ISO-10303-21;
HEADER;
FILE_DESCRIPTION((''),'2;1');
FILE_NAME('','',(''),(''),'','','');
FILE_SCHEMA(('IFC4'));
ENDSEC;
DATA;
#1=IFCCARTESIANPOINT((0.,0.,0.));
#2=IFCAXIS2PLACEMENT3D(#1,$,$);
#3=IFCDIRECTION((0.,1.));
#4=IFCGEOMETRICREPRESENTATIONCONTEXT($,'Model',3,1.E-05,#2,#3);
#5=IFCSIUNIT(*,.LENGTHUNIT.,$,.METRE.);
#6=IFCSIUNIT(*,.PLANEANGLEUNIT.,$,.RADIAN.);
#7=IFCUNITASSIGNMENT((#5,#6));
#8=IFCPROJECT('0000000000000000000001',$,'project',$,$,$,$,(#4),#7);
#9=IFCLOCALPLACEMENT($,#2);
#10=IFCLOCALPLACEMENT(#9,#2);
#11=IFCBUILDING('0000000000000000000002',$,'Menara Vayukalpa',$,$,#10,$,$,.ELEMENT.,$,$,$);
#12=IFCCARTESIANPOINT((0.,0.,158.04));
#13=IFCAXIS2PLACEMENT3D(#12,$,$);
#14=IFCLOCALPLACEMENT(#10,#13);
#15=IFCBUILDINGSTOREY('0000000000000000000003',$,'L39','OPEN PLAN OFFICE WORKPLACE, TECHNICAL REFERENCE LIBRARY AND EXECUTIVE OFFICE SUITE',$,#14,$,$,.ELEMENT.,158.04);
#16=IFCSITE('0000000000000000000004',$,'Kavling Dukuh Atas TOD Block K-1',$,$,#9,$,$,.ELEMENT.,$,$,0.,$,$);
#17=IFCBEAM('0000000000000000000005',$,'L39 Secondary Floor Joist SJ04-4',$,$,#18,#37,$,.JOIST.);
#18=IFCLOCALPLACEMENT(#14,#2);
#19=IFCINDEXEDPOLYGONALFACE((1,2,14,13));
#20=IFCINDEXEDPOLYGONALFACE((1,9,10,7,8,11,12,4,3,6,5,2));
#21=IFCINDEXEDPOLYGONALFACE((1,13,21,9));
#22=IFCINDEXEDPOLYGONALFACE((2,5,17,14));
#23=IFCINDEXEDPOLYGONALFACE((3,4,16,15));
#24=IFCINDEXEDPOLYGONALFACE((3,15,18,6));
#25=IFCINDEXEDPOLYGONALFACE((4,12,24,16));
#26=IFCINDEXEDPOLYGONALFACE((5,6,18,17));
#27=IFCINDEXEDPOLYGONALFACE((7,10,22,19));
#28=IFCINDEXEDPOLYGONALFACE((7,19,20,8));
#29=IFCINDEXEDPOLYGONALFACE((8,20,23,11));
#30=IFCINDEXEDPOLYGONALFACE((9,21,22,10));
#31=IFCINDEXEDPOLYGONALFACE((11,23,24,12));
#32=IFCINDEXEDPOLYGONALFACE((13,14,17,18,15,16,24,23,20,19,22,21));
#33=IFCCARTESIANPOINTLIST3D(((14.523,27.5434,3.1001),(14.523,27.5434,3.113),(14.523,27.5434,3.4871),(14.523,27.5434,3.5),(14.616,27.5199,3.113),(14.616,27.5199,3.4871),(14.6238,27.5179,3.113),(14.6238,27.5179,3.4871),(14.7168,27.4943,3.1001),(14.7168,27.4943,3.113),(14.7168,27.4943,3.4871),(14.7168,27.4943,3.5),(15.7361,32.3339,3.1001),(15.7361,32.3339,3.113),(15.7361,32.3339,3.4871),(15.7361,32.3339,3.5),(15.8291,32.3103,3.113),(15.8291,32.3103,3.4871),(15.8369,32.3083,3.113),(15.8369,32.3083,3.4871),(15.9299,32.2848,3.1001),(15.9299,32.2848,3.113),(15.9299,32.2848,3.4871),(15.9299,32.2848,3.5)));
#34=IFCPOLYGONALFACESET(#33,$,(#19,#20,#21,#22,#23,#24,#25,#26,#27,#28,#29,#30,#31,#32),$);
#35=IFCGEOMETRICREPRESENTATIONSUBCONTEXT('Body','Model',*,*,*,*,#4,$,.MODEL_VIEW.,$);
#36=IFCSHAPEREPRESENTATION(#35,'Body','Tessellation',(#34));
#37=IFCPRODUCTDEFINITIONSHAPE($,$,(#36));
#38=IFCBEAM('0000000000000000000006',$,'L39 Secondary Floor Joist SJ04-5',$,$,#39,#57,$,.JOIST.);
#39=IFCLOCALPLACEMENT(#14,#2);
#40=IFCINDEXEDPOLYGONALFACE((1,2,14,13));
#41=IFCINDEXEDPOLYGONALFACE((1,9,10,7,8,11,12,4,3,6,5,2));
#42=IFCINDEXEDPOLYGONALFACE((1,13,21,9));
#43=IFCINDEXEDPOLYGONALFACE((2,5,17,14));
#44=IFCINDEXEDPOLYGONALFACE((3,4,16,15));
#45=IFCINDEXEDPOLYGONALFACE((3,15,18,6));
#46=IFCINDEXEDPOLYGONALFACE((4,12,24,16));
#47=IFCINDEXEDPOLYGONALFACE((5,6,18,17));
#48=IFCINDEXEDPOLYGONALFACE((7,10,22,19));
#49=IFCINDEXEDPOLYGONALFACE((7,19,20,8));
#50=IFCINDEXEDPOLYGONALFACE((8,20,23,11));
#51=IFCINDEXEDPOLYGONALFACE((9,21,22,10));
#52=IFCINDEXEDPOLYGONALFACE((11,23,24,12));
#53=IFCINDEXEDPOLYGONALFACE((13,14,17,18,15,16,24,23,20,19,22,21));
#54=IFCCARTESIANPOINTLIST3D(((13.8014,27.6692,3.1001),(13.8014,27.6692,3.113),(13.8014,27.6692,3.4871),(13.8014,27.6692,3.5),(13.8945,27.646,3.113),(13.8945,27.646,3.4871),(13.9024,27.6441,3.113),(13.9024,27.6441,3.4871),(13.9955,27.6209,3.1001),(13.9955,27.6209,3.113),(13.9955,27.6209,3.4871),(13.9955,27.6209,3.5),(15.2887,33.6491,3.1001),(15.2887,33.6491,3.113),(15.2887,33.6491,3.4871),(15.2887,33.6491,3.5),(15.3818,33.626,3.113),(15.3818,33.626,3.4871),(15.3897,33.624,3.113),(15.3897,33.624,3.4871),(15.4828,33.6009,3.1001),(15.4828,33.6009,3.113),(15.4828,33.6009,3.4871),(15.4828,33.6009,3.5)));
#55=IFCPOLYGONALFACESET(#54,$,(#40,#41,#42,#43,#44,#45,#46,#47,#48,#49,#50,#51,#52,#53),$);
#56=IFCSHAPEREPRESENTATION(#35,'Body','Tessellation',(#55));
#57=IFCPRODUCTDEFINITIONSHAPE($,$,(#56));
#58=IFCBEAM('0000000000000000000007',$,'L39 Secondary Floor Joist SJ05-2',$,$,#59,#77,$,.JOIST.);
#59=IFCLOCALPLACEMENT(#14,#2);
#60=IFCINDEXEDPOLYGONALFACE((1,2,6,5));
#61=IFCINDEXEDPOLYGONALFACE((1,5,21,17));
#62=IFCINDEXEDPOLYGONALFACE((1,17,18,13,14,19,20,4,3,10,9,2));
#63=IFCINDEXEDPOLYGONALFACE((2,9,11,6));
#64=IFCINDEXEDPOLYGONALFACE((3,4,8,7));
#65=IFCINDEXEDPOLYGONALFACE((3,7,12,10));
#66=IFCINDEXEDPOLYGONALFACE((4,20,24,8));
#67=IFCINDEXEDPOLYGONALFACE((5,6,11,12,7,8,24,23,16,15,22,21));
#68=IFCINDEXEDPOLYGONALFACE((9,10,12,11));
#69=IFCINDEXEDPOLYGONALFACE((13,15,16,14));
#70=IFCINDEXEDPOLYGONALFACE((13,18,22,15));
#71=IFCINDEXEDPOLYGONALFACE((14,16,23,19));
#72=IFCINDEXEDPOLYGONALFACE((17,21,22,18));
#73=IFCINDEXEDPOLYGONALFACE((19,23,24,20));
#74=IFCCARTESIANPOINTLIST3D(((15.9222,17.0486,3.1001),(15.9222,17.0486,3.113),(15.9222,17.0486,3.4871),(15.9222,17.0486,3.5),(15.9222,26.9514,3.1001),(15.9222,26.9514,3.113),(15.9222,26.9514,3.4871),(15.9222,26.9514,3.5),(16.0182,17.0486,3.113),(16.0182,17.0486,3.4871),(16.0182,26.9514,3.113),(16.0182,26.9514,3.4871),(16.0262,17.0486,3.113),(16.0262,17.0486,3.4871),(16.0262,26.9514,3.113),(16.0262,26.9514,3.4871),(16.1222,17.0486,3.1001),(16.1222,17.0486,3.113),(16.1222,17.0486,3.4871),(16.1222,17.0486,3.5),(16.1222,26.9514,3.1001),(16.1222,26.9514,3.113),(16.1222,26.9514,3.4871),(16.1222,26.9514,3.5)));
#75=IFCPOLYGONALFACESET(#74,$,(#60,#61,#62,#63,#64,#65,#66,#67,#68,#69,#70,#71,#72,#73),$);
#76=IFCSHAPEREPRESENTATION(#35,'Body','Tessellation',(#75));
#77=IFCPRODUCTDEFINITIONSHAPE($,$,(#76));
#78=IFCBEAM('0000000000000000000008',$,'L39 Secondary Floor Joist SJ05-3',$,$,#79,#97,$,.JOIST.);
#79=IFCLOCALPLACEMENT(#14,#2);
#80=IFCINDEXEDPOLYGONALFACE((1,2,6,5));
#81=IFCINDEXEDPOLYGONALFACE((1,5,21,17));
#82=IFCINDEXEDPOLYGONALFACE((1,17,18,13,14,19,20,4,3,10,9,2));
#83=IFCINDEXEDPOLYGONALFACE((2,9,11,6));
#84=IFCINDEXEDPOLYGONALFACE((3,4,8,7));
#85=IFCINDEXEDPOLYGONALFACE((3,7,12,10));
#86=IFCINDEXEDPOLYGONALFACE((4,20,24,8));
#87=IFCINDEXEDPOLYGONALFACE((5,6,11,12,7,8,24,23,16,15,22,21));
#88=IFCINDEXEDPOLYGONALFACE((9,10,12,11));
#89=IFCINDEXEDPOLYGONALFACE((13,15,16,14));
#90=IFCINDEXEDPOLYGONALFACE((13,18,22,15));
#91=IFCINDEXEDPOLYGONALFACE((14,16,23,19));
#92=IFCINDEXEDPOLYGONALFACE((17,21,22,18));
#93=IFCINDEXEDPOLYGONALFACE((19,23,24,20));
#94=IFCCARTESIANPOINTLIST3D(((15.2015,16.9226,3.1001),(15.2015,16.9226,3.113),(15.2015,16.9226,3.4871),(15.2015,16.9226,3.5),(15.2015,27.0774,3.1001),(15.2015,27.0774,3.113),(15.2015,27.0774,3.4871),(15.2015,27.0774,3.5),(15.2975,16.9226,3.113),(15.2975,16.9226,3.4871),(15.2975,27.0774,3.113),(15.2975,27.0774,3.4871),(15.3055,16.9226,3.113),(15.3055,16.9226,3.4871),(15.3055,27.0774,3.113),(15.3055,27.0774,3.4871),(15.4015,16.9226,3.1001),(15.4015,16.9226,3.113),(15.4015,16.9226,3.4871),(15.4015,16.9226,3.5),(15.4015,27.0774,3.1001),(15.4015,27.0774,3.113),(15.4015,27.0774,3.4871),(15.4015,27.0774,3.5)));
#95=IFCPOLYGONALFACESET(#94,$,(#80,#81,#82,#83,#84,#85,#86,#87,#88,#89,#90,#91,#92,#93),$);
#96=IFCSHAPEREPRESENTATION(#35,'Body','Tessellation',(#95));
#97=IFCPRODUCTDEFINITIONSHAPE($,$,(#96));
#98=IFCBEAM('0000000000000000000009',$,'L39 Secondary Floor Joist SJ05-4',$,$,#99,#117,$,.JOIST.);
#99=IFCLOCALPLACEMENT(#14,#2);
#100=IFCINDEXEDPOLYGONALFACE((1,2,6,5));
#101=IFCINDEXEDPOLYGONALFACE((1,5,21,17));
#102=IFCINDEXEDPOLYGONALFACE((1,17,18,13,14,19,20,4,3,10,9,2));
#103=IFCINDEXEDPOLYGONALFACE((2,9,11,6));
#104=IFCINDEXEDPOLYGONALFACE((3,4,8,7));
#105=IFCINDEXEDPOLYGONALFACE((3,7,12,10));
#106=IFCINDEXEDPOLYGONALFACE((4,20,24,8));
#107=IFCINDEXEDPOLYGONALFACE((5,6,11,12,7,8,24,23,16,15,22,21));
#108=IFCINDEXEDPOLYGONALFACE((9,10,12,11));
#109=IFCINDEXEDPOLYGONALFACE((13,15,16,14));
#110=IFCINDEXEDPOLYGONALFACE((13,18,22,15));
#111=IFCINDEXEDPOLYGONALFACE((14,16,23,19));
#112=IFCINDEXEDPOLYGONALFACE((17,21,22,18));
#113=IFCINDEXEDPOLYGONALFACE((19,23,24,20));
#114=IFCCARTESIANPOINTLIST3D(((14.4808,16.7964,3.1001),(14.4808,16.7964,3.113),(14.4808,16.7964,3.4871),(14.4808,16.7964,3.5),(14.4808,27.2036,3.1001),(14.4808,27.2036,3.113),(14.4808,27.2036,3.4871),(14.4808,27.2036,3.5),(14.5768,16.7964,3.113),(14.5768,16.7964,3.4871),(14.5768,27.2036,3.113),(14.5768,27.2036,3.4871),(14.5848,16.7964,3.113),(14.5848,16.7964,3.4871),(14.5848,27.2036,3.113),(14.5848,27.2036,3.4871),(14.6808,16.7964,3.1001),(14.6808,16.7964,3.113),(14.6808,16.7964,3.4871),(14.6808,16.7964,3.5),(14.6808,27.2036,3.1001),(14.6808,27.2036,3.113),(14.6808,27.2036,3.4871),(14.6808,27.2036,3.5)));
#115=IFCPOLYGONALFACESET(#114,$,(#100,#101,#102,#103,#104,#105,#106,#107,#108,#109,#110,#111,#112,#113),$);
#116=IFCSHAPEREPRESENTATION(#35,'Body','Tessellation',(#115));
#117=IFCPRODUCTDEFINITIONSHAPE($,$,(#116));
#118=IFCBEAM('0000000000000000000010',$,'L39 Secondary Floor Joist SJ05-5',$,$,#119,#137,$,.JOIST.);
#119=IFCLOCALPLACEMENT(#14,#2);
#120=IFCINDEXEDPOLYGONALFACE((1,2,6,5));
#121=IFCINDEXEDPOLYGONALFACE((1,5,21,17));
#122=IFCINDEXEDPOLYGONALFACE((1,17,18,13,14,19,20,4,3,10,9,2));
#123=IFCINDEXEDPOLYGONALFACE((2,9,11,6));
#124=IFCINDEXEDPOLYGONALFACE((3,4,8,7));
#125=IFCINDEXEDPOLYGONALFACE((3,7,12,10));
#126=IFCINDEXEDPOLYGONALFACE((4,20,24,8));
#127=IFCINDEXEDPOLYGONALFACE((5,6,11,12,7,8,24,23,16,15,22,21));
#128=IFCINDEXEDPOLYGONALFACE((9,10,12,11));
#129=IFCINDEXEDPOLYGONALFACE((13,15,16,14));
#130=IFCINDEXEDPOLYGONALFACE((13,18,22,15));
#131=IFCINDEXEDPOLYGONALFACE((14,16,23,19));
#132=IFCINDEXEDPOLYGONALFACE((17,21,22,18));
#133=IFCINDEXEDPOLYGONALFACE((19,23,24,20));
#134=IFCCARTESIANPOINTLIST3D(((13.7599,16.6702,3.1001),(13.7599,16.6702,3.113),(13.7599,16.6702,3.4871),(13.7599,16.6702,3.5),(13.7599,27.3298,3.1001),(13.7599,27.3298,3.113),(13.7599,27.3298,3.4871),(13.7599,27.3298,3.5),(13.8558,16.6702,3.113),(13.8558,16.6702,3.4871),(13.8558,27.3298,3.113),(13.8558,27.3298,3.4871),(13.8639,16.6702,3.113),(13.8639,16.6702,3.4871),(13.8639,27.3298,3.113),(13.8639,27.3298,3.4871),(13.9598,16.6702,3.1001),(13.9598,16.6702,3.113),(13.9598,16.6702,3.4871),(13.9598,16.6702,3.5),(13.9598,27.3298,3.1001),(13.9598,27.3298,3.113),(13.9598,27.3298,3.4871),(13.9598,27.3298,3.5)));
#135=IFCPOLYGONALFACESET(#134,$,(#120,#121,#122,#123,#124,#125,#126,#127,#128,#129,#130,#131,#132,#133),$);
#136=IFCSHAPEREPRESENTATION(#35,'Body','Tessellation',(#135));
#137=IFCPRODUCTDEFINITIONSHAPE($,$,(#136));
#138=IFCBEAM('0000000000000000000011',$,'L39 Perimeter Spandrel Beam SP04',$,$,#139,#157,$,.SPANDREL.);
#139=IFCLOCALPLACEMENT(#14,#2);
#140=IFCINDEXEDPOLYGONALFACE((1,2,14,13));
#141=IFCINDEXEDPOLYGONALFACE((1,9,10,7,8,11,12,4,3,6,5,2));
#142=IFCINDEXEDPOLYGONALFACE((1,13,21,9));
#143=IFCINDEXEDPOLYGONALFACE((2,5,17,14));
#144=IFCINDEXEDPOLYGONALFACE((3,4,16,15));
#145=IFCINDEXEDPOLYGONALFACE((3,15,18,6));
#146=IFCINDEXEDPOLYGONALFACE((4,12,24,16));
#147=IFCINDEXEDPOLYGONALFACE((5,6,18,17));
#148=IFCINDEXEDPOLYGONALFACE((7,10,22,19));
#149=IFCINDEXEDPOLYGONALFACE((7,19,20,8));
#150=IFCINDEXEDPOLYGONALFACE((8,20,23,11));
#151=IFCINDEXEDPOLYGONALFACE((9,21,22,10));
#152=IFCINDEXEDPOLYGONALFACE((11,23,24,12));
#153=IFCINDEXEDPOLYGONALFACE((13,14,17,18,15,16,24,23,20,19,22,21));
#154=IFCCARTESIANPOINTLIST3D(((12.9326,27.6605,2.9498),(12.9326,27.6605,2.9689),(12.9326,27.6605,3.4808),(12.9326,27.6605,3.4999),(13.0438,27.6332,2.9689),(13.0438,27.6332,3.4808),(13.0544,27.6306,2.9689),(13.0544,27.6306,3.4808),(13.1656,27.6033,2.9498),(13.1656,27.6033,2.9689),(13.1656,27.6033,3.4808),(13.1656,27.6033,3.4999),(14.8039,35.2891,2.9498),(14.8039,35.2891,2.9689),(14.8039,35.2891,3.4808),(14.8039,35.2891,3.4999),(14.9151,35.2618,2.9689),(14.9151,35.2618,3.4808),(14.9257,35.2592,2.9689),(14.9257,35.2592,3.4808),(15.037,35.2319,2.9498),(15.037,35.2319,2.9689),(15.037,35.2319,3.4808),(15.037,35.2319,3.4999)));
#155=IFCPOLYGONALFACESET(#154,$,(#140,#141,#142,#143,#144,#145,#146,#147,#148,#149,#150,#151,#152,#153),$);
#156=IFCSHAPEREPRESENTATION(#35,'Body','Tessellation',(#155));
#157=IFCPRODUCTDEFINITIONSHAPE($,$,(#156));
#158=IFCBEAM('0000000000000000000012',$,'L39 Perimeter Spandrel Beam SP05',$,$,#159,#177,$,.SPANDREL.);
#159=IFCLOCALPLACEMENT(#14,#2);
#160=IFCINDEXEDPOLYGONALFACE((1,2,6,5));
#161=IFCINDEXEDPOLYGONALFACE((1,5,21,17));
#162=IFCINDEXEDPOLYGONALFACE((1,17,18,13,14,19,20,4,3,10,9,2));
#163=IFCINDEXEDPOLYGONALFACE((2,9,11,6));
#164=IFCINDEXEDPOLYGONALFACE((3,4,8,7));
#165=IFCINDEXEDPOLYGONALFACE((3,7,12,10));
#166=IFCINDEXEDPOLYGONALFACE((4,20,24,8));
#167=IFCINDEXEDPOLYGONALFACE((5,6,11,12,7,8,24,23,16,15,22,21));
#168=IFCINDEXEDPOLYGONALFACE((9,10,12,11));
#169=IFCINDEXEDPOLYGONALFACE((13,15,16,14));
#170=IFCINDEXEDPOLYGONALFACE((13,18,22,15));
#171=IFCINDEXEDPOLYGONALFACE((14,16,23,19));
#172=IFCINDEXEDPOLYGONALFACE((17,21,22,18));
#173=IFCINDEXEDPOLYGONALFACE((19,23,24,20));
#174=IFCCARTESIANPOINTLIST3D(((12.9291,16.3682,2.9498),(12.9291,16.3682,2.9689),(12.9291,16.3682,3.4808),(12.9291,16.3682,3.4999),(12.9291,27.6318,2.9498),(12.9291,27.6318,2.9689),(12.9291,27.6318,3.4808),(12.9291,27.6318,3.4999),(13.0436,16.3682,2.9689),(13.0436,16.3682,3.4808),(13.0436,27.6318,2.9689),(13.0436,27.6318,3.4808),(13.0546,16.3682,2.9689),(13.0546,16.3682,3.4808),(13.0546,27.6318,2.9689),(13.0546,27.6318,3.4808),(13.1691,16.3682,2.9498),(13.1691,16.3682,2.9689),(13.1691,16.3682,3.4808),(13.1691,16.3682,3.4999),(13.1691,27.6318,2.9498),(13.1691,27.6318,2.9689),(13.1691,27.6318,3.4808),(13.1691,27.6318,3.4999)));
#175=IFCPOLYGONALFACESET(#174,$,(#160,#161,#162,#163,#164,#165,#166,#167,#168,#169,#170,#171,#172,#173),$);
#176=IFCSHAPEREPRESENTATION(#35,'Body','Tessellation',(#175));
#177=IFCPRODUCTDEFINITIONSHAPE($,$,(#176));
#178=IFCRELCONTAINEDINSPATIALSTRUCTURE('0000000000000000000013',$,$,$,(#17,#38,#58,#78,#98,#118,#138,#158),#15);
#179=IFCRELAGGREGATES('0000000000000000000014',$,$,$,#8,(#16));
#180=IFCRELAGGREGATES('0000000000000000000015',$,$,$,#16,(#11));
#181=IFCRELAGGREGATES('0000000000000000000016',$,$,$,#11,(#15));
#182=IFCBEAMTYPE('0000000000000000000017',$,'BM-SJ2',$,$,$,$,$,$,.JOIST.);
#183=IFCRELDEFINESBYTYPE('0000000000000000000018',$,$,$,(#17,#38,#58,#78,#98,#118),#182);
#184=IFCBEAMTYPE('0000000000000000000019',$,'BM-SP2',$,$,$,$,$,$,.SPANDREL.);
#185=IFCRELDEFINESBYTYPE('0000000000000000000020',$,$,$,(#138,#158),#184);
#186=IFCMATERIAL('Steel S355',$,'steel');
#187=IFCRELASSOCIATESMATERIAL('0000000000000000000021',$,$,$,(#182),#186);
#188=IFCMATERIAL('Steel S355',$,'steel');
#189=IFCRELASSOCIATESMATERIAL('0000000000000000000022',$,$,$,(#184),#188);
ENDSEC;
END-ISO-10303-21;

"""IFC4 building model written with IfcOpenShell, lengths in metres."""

from ifc_helpers import new_model, si_unit, direction, frame, origin, origin_2d, place, context, subcontext, project, spatial, i_section, extrude, material, material_profile, profile_set, type_object, element, save


model = new_model("IFC4")

# Units and contexts
model_context = context("Model", 3, precision=1e-05, world=origin(), true_north=direction((0.0, 1.0)))
body_context = subcontext(model_context, "Body", "Model", "MODEL_VIEW")
ifc_project = project(units=[si_unit("LENGTHUNIT", "METRE"), si_unit("PLANEANGLEUNIT", "RADIAN")], contexts=[model_context])

# Site, building, storey
site_placement = place(None, origin())
site = spatial("IfcSite", under=ifc_project, at=site_placement, Name="Kavling Dukuh Atas TOD Block K-1", CompositionType="ELEMENT", RefElevation=0.0)
building_placement = place(site_placement, origin())
building = spatial("IfcBuilding", under=site, at=building_placement, Name="Menara Vayukalpa", CompositionType="ELEMENT")
storey_placement = place(building_placement, frame((0.0, 0.0, 158.04)))
storey = spatial("IfcBuildingStorey", under=building, at=storey_placement, Name="L39", Description="OPEN PLAN OFFICE WORKPLACE, TECHNICAL REFERENCE LIBRARY AND EXECUTIVE OFFICE SUITE", CompositionType="ELEMENT", Elevation=158.04)

# Beams
ifc_material_1 = material(Name="Steel S355", Category="steel")
ifc_material_profile_1 = material_profile(ifc_material_1, i_section(OverallWidth=0.2, OverallDepth=0.3999, WebThickness=0.0081, FlangeThickness=0.0129, at=origin_2d()), Name="WF 400x200x8x13")
ifc_profile_set_1 = profile_set([ifc_material_profile_1], Name="Steel S355")
beam_type_1 = type_object("IfcBeamType", Name="BM-SJ2", PredefinedType="JOIST", material=ifc_profile_set_1)
beam_1_placement = place(storey_placement, frame((15.833, 32.3093, 3.3), z_axis=(-0.245487, -0.9694, 0.0), x_axis=(0.9694, -0.245487, 0.0)))
element("IfcBeam", 1, at=beam_1_placement, inside=storey, type_object=beam_type_1, Name="L39 Secondary Floor Joist SJ04-4", PredefinedType="JOIST", context=body_context, shape_type="SweptSolid", body=[
    extrude(i_section(OverallWidth=0.2, OverallDepth=0.3999, WebThickness=0.0081, FlangeThickness=0.0129, at=origin_2d()), origin(), (0.0, 0.0, 1.0), 4.9417),
])
beam_2_placement = place(storey_placement, frame((15.3857, 33.625, 3.3), z_axis=(-0.241361, -0.970435, 0.0), x_axis=(0.970435, -0.241361, 0.0)))
element("IfcBeam", 2, at=beam_2_placement, inside=storey, type_object=beam_type_1, Name="L39 Secondary Floor Joist SJ04-5", PredefinedType="JOIST", context=body_context, shape_type="SweptSolid", body=[
    extrude(i_section(OverallWidth=0.2, OverallDepth=0.3999, WebThickness=0.0081, FlangeThickness=0.0129, at=origin_2d()), origin(), (0.0, 0.0, 1.0), 6.1621),
])
beam_3_placement = place(storey_placement, frame((16.0222, 26.9514, 3.3), z_axis=(0.0, -1.0, 0.0), x_axis=(1.0, 0.0, 0.0)))
element("IfcBeam", 3, at=beam_3_placement, inside=storey, type_object=beam_type_1, Name="L39 Secondary Floor Joist SJ05-2", PredefinedType="JOIST", context=body_context, shape_type="SweptSolid", body=[
    extrude(i_section(OverallWidth=0.2, OverallDepth=0.3999, WebThickness=0.0081, FlangeThickness=0.0129, at=origin_2d()), origin(), (0.0, 0.0, 1.0), 9.9028),
])
beam_4_placement = place(storey_placement, frame((15.3015, 27.0774, 3.3), z_axis=(0.0, -1.0, 0.0), x_axis=(1.0, 0.0, 0.0)))
element("IfcBeam", 4, at=beam_4_placement, inside=storey, type_object=beam_type_1, Name="L39 Secondary Floor Joist SJ05-3", PredefinedType="JOIST", context=body_context, shape_type="SweptSolid", body=[
    extrude(i_section(OverallWidth=0.2, OverallDepth=0.3999, WebThickness=0.0081, FlangeThickness=0.0129, at=origin_2d()), origin(), (0.0, 0.0, 1.0), 10.1548),
])
beam_5_placement = place(storey_placement, frame((14.5808, 27.2036, 3.3), z_axis=(0.0, -1.0, 0.0), x_axis=(1.0, 0.0, 0.0)))
element("IfcBeam", 5, at=beam_5_placement, inside=storey, type_object=beam_type_1, Name="L39 Secondary Floor Joist SJ05-4", PredefinedType="JOIST", context=body_context, shape_type="SweptSolid", body=[
    extrude(i_section(OverallWidth=0.2, OverallDepth=0.3999, WebThickness=0.0081, FlangeThickness=0.0129, at=origin_2d()), origin(), (0.0, 0.0, 1.0), 10.4072),
])
beam_6_placement = place(storey_placement, frame((13.8599, 27.3298, 3.3), z_axis=(0.0, -1.0, 0.0), x_axis=(1.0, 0.0, 0.0)))
element("IfcBeam", 6, at=beam_6_placement, inside=storey, type_object=beam_type_1, Name="L39 Secondary Floor Joist SJ05-5", PredefinedType="JOIST", context=body_context, shape_type="SweptSolid", body=[
    extrude(i_section(OverallWidth=0.2, OverallDepth=0.3999, WebThickness=0.0081, FlangeThickness=0.0129, at=origin_2d()), origin(), (0.0, 0.0, 1.0), 10.6597),
])
ifc_material_2 = material(Name="Steel S355", Category="steel")
ifc_material_profile_2 = material_profile(ifc_material_2, i_section(OverallWidth=0.24, OverallDepth=0.55, WebThickness=0.011, FlangeThickness=0.019, at=origin_2d()), Name="WF 550x240x11x19")
ifc_profile_set_2 = profile_set([ifc_material_profile_2], Name="Steel S355")
beam_type_2 = type_object("IfcBeamType", Name="BM-SP2", PredefinedType="SPANDREL", material=ifc_profile_set_2)
beam_7_placement = place(storey_placement, frame((14.9204, 35.2605, 3.2249), z_axis=(-0.23824, -0.971206, 0.0), x_axis=(0.971206, -0.23824, 0.0)))
element("IfcBeam", 7, at=beam_7_placement, inside=storey, type_object=beam_type_2, Name="L39 Perimeter Spandrel Beam SP04", PredefinedType="SPANDREL", context=body_context, shape_type="SweptSolid", body=[
    extrude(i_section(OverallWidth=0.24, OverallDepth=0.55, WebThickness=0.011, FlangeThickness=0.019, at=origin_2d()), origin(), (0.0, 0.0, 1.0), 7.8547),
])
beam_8_placement = place(storey_placement, frame((13.0491, 27.6318, 3.2249), z_axis=(0.0, -1.0, 0.0), x_axis=(1.0, 0.0, 0.0)))
element("IfcBeam", 8, at=beam_8_placement, inside=storey, type_object=beam_type_2, Name="L39 Perimeter Spandrel Beam SP05", PredefinedType="SPANDREL", context=body_context, shape_type="SweptSolid", body=[
    extrude(i_section(OverallWidth=0.24, OverallDepth=0.55, WebThickness=0.011, FlangeThickness=0.019, at=origin_2d()), origin(), (0.0, 0.0, 1.0), 11.2637),
])

save(model, "model.ifc")
